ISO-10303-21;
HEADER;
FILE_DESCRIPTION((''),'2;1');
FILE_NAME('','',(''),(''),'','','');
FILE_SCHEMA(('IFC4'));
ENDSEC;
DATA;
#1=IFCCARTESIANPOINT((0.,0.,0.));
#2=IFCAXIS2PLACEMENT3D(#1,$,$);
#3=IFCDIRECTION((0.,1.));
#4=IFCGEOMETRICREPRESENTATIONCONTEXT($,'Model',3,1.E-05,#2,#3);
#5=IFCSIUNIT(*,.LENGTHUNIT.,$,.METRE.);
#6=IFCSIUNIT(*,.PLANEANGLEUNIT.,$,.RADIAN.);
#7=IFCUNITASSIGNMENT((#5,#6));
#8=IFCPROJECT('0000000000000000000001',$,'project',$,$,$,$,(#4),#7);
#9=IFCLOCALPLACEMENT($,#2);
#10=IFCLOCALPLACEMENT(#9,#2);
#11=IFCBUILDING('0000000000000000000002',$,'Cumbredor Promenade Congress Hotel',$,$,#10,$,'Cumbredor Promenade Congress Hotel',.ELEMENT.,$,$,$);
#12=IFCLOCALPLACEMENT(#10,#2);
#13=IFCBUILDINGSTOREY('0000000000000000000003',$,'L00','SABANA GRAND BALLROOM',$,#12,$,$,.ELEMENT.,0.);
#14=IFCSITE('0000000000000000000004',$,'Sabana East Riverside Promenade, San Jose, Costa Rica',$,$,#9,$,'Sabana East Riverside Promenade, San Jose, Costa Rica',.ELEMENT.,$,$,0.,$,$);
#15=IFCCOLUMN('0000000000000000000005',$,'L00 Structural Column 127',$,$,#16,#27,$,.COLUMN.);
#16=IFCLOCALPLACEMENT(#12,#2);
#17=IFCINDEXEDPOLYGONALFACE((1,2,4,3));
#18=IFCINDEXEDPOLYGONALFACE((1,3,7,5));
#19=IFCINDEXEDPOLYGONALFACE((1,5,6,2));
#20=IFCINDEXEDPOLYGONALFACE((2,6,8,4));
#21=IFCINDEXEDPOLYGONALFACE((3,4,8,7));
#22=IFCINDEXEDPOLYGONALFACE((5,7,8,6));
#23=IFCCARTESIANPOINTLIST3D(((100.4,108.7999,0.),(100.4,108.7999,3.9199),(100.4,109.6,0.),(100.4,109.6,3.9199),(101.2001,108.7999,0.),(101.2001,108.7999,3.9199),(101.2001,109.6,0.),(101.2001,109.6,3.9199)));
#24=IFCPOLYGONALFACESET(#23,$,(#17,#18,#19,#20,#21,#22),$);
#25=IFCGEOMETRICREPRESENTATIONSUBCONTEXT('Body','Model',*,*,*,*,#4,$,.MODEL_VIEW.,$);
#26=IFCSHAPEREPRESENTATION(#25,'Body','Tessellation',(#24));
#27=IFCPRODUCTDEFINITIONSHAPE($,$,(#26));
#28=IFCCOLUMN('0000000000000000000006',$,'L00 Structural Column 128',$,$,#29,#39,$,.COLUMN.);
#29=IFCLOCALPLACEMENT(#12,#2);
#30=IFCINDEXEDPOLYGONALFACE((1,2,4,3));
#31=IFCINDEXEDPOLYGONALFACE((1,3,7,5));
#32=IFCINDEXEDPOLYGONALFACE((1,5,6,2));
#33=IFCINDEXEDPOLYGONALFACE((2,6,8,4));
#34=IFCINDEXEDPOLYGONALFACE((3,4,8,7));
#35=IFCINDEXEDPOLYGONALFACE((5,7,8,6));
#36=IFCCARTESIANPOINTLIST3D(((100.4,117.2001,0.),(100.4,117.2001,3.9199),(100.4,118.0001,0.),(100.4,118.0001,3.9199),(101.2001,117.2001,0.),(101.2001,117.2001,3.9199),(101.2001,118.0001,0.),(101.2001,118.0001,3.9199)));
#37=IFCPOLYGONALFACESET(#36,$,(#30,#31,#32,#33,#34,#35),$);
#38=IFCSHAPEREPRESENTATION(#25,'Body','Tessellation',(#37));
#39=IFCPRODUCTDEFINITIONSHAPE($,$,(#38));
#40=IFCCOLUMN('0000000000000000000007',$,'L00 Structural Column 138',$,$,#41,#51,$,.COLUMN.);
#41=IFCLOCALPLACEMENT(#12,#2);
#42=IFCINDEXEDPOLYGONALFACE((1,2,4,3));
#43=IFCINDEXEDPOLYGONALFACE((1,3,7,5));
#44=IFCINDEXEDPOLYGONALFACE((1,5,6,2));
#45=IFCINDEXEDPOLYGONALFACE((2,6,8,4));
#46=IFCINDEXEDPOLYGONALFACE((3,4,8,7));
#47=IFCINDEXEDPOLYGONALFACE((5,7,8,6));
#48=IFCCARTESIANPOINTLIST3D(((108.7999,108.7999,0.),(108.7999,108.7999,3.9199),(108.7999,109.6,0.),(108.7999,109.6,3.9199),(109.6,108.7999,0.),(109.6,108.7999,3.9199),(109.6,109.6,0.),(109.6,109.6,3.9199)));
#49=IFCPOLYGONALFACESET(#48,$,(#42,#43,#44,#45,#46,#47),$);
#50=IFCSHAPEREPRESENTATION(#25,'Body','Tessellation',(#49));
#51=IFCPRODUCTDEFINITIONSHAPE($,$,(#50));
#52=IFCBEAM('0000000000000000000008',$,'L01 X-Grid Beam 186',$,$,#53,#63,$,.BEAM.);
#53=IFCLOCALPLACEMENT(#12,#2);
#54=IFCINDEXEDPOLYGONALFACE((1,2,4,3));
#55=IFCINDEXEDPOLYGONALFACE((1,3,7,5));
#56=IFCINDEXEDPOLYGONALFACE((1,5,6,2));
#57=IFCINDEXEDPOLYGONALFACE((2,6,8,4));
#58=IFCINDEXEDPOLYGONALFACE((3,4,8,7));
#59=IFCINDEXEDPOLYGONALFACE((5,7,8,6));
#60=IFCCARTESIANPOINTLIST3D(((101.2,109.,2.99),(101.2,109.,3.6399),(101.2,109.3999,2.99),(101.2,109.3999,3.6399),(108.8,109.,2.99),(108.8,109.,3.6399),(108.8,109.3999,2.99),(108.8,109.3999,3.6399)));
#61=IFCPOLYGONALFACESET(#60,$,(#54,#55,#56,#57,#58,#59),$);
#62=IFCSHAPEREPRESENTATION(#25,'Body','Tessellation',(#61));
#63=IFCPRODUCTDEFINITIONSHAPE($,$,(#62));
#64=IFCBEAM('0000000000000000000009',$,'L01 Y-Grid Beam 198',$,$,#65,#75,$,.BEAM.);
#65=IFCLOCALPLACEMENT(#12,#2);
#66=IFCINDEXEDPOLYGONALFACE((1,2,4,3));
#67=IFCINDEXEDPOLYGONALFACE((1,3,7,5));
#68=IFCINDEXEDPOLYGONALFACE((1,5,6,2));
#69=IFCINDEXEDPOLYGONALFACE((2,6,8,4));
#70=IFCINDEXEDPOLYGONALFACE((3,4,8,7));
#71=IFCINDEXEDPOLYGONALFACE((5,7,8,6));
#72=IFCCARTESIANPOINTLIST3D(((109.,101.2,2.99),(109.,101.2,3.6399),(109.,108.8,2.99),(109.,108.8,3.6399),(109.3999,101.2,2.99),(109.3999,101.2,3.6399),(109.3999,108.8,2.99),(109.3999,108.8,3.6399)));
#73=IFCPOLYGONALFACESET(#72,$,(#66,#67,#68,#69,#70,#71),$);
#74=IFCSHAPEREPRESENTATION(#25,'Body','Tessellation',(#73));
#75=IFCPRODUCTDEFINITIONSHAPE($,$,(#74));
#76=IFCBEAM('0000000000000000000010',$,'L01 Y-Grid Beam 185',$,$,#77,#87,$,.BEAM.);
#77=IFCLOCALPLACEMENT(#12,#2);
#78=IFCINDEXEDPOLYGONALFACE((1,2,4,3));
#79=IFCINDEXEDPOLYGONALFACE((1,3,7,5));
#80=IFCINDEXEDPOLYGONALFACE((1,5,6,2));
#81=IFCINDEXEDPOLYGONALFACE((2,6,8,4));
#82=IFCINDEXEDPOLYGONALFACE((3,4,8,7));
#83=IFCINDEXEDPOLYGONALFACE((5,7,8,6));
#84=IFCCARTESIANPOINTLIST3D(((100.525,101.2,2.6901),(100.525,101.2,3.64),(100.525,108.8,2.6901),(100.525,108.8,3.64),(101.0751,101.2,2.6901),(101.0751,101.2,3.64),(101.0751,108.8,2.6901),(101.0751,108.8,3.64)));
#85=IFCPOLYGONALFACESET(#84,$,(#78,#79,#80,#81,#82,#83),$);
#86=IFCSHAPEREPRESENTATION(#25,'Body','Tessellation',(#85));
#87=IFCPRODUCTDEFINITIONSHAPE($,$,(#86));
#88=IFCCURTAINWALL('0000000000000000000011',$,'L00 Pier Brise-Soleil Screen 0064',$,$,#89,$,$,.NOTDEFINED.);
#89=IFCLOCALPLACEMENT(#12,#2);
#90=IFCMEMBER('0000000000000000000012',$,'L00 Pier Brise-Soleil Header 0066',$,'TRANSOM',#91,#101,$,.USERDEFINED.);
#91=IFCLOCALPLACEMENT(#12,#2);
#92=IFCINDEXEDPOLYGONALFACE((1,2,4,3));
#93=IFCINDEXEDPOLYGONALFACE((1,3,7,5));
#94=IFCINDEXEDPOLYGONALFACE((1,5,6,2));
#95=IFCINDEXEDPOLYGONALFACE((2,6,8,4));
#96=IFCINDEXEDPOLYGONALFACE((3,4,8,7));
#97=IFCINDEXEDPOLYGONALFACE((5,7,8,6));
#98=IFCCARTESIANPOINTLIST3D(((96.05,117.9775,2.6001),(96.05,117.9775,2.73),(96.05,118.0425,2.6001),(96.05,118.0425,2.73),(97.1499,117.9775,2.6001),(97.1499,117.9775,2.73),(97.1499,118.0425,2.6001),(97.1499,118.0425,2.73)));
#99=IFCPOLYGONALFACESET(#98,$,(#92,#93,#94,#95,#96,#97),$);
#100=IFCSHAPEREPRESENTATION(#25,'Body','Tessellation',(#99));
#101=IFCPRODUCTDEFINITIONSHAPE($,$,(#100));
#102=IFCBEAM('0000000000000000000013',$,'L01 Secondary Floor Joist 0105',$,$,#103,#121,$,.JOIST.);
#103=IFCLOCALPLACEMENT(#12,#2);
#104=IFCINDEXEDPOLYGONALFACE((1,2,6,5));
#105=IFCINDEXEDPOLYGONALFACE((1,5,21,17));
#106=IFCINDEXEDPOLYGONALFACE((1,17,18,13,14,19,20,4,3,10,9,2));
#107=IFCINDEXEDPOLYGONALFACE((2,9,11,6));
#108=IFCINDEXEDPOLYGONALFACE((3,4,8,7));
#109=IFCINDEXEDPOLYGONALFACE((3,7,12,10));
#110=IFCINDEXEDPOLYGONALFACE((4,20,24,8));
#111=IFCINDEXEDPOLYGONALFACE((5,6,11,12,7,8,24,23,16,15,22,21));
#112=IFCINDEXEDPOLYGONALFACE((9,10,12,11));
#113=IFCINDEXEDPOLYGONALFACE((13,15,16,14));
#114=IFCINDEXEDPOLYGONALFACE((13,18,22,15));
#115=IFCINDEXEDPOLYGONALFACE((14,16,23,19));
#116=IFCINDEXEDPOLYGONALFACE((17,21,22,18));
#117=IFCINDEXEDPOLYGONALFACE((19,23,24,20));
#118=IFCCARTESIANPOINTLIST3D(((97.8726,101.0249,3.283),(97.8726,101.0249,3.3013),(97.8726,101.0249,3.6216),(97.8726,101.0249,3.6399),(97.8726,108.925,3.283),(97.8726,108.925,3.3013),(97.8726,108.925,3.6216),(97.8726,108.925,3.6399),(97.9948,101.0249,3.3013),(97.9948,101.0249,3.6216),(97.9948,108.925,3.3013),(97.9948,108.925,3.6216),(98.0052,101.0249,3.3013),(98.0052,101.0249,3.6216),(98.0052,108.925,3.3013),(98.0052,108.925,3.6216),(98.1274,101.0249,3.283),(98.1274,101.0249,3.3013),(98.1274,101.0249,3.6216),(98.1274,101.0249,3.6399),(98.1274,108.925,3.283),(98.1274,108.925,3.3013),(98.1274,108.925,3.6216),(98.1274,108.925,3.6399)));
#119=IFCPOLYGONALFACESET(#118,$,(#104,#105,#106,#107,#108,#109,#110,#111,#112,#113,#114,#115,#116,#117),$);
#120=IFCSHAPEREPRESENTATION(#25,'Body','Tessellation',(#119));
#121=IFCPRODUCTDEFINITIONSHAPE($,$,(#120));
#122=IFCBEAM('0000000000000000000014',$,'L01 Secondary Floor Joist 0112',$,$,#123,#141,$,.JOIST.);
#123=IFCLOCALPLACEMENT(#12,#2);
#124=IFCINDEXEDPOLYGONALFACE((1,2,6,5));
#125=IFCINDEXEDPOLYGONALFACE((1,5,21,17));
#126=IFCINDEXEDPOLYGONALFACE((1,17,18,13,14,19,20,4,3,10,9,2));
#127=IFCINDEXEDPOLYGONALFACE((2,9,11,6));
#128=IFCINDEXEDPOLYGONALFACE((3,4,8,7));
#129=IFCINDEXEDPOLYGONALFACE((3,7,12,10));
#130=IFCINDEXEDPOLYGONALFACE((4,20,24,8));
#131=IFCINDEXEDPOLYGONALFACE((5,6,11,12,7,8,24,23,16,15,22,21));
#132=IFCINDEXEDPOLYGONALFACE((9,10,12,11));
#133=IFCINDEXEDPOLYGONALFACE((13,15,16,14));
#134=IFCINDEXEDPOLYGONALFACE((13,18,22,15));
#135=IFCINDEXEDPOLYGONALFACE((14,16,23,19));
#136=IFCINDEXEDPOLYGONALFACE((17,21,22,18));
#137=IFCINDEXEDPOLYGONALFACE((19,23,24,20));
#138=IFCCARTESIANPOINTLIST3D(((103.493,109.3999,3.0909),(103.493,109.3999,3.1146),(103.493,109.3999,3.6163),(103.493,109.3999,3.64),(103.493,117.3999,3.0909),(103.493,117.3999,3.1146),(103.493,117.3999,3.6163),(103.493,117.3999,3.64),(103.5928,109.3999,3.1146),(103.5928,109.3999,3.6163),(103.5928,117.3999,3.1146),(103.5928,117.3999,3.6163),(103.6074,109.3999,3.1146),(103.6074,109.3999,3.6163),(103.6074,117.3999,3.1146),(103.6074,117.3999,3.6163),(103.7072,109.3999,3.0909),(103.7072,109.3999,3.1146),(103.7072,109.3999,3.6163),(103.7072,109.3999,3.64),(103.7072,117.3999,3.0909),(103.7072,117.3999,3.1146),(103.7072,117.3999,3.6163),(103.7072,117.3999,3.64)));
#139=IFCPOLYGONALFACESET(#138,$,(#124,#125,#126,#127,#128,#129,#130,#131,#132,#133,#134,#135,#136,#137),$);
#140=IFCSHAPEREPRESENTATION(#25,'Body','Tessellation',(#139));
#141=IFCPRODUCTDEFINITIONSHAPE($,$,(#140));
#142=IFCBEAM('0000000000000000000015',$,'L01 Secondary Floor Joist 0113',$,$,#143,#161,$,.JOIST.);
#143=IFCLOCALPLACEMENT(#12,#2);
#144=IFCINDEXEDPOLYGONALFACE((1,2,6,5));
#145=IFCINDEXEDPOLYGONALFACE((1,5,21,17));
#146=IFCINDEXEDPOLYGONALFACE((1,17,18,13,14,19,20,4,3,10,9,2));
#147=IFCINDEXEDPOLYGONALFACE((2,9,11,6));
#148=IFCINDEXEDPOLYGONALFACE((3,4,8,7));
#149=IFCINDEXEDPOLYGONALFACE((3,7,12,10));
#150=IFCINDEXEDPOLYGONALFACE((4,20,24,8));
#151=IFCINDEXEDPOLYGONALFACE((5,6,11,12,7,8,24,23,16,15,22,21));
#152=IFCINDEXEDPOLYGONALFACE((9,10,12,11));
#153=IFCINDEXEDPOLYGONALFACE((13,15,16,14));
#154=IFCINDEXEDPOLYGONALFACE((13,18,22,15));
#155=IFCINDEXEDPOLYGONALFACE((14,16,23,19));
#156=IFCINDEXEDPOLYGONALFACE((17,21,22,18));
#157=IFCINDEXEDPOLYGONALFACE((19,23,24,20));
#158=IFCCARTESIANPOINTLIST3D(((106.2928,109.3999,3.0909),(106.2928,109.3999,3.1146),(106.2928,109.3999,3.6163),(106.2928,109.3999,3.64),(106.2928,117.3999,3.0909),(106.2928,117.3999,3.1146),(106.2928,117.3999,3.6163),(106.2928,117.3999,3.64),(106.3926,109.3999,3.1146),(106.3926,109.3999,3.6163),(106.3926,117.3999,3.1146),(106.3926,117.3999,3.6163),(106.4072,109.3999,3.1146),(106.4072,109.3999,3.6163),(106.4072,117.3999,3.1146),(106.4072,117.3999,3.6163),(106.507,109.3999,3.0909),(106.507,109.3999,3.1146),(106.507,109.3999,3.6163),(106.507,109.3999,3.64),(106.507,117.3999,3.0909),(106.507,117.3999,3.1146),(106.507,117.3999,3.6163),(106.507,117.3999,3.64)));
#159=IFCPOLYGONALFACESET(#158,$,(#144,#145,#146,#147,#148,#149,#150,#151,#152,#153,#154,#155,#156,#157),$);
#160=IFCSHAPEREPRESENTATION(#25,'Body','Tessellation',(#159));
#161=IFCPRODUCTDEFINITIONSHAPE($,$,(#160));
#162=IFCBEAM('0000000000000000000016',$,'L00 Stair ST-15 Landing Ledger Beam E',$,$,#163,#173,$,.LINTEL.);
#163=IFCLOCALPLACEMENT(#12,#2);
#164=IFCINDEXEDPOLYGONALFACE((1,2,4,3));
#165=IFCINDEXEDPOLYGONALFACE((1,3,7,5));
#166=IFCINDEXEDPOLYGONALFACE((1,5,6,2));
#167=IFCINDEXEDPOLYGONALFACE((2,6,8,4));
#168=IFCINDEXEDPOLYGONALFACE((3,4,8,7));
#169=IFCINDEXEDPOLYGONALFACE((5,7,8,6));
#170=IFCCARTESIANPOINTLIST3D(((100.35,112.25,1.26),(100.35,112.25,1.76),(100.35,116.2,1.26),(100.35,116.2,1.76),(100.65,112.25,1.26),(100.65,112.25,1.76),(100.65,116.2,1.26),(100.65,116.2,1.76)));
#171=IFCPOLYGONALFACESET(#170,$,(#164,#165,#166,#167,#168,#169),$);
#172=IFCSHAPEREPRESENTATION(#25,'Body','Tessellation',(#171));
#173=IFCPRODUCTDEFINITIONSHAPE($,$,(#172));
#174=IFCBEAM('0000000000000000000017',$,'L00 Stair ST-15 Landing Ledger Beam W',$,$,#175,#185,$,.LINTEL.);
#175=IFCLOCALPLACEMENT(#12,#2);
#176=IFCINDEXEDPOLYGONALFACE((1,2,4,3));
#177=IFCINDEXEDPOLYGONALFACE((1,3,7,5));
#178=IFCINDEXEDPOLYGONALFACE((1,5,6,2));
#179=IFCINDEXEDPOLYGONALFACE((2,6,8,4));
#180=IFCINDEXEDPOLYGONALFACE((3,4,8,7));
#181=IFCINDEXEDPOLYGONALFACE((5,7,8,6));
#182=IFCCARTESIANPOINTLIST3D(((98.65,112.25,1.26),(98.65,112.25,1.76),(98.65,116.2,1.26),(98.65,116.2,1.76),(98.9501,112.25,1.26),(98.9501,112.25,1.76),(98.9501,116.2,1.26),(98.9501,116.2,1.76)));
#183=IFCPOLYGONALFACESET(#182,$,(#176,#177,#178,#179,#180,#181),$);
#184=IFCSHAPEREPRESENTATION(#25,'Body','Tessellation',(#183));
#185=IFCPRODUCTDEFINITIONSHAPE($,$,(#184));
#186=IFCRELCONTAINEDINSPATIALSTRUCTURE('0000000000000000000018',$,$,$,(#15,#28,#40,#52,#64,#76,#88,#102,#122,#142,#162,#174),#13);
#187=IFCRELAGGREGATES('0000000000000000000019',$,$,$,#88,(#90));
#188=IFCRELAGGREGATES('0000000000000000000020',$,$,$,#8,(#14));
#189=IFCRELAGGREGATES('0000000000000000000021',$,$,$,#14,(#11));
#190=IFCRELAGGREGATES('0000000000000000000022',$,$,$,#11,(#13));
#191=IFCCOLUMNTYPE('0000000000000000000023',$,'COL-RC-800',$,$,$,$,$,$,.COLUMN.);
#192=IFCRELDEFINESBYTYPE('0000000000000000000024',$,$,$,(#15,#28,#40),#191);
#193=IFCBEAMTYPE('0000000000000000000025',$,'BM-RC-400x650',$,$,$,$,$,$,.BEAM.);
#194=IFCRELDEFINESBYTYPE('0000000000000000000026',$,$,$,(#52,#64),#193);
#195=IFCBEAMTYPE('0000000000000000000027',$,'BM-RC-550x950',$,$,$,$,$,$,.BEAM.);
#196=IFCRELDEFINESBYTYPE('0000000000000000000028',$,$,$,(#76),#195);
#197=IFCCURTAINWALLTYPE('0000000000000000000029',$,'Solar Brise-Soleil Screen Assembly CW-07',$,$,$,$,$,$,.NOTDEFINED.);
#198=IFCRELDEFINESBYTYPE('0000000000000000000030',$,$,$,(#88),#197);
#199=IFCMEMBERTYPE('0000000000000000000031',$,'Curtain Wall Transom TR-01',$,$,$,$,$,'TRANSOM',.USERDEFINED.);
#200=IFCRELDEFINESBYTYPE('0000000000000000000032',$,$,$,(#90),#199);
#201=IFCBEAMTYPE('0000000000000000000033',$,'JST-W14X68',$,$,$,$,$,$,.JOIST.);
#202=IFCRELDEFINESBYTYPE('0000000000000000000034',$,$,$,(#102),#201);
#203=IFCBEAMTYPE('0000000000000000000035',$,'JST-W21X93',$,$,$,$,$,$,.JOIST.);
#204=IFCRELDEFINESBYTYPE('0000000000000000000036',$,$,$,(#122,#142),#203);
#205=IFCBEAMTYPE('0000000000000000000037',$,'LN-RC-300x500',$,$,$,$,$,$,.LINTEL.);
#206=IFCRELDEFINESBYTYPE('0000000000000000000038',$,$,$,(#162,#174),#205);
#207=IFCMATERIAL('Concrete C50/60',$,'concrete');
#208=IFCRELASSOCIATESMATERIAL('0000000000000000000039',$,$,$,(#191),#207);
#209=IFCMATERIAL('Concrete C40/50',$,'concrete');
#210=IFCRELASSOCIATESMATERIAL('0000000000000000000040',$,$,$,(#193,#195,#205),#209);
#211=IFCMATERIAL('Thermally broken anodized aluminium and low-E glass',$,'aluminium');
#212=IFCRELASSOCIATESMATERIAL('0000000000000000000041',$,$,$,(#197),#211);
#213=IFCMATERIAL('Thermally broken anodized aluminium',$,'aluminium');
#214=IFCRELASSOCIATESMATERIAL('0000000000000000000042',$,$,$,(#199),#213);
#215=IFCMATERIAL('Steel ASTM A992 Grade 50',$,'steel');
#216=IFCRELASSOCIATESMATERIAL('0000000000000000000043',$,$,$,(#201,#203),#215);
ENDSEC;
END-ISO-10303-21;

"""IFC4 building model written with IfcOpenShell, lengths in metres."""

from ifc_helpers import new_model, si_unit, direction, frame, origin, origin_2d, place, context, subcontext, project, spatial, rectangle, i_section, extrude, material, material_profile, profile_set, type_object, element, aggregate, save


model = new_model("IFC4")

# Units and contexts
model_context = context("Model", 3, precision=1e-05, world=origin(), true_north=direction((0.0, 1.0)))
body_context = subcontext(model_context, "Body", "Model", "MODEL_VIEW")
ifc_project = project(units=[si_unit("LENGTHUNIT", "METRE"), si_unit("PLANEANGLEUNIT", "RADIAN")], contexts=[model_context])

# Site, building, storey
site_placement = place(None, origin())
site = spatial("IfcSite", under=ifc_project, at=site_placement, Name="Sabana East Riverside Promenade, San Jose, Costa Rica", LongName="Sabana East Riverside Promenade, San Jose, Costa Rica", CompositionType="ELEMENT", RefElevation=0.0)
building_placement = place(site_placement, origin())
building = spatial("IfcBuilding", under=site, at=building_placement, Name="Cumbredor Promenade Congress Hotel", LongName="Cumbredor Promenade Congress Hotel", CompositionType="ELEMENT")
storey_placement = place(building_placement, origin())
storey = spatial("IfcBuildingStorey", under=building, at=storey_placement, Name="L00", Description="SABANA GRAND BALLROOM", CompositionType="ELEMENT", Elevation=0.0)

# Columns
ifc_material_1 = material(Name="Concrete C50/60", Category="concrete")
ifc_material_profile_1 = material_profile(ifc_material_1, rectangle(XDim=0.8, YDim=0.8, at=origin_2d()), Name="RC 800x800")
ifc_profile_set_1 = profile_set([ifc_material_profile_1], Name="Concrete C50/60")
column_type = type_object("IfcColumnType", Name="COL-RC-800", PredefinedType="COLUMN", material=ifc_profile_set_1)
for number, where, z_axis, x_axis, name in (
    (1, (100.8, 109.2, 0.0), (0.0, 0.0, 1.0), (1.0, 0.0, 0.0), "L00 Structural Column 127"),
    (2, (100.8, 117.6001, 0.0), (0.0, 0.0, 1.0), (1.0, 0.0, 0.0), "L00 Structural Column 128"),
    (3, (109.2, 109.2, 0.0), (0.0, 0.0, 1.0), (1.0, 0.0, 0.0), "L00 Structural Column 138"),
):
    element("IfcColumn", number, at=place(storey_placement, frame(where, z_axis=z_axis, x_axis=x_axis)), inside=storey, type_object=column_type, Name=name, PredefinedType="COLUMN", context=body_context, shape_type="SweptSolid", body=[
        extrude(rectangle(XDim=0.8, YDim=0.8, at=origin_2d()), origin(), (0.0, 0.0, 1.0), 3.9199),
    ])

# Beams
ifc_material_2 = material(Name="Concrete C40/50", Category="concrete")
ifc_material_profile_2 = material_profile(ifc_material_2, rectangle(XDim=0.3999, YDim=0.6499, at=origin_2d()), Name="RC BEAM 400x650")
ifc_profile_set_2 = profile_set([ifc_material_profile_2], Name="Concrete C40/50")
beam_type_1 = type_object("IfcBeamType", Name="BM-RC-400x650", PredefinedType="BEAM", material=ifc_profile_set_2)
for number, where, z_axis, x_axis, name in (
    (4, (101.2, 109.2, 3.3149), (1.0, 0.0, 0.0), (0.0, 1.0, 0.0), "L01 X-Grid Beam 186"),
    (5, (109.2, 101.2, 3.3149), (0.0, 1.0, 0.0), (-1.0, 0.0, 0.0), "L01 Y-Grid Beam 198"),
):
    element("IfcBeam", number, at=place(storey_placement, frame(where, z_axis=z_axis, x_axis=x_axis)), inside=storey, type_object=beam_type_1, Name=name, PredefinedType="BEAM", context=body_context, shape_type="SweptSolid", body=[
        extrude(rectangle(XDim=0.3999, YDim=0.6499, at=origin_2d()), origin(), (0.0, 0.0, 1.0), 7.6001),
    ])
ifc_material_profile_3 = material_profile(ifc_material_2, rectangle(XDim=0.55, YDim=0.95, at=origin_2d()), Name="RC BEAM 550x950")
ifc_profile_set_3 = profile_set([ifc_material_profile_3], Name="Concrete C40/50")
beam_type_2 = type_object("IfcBeamType", Name="BM-RC-550x950", PredefinedType="BEAM", material=ifc_profile_set_3)
beam_1_placement = place(storey_placement, frame((100.8, 101.2, 3.165), z_axis=(0.0, 1.0, 0.0), x_axis=(-1.0, 0.0, 0.0)))
element("IfcBeam", 6, at=beam_1_placement, inside=storey, type_object=beam_type_2, Name="L01 Y-Grid Beam 185", PredefinedType="BEAM", context=body_context, shape_type="SweptSolid", body=[
    extrude(rectangle(XDim=0.55, YDim=0.95, at=origin_2d()), origin(), (0.0, 0.0, 1.0), 7.6001),
])

# Curtain wall, member
ifc_material_3 = material(Name="Thermally broken anodized aluminium and low-E glass", Category="aluminium")
curtain_wall_type = type_object("IfcCurtainWallType", Name="Solar Brise-Soleil Screen Assembly CW-07", PredefinedType="NOTDEFINED", material=ifc_material_3)
curtain_wall_placement = place(storey_placement, origin())
curtain_wall = element("IfcCurtainWall", 7, at=curtain_wall_placement, inside=storey, type_object=curtain_wall_type, Name="L00 Pier Brise-Soleil Screen 0064", PredefinedType="NOTDEFINED")
ifc_material_4 = material(Name="Thermally broken anodized aluminium", Category="aluminium")
ifc_material_profile_4 = material_profile(ifc_material_4, rectangle(XDim=0.0649, YDim=0.1299, at=origin_2d()), Name="ALU TRANSOM 65x130")
ifc_profile_set_4 = profile_set([ifc_material_profile_4], Name="Thermally broken anodized aluminium")
member_type_1 = type_object("IfcMemberType", Name="Curtain Wall Transom TR-01", ElementType="TRANSOM", PredefinedType="USERDEFINED", material=ifc_profile_set_4)
member_1_placement = place(storey_placement, frame((96.05, 118.01, 2.665), z_axis=(1.0, 0.0, 0.0), x_axis=(0.0, 1.0, 0.0)))
member_1 = element("IfcMember", 8, at=member_1_placement, type_object=member_type_1, Name="L00 Pier Brise-Soleil Header 0066", ObjectType="TRANSOM", PredefinedType="USERDEFINED", context=body_context, shape_type="SweptSolid", body=[
    extrude(rectangle(XDim=0.0649, YDim=0.1299, at=origin_2d()), origin(), (0.0, 0.0, 1.0), 1.0999),
])

# Beams
ifc_material_5 = material(Name="Steel ASTM A992 Grade 50", Category="steel")
ifc_material_profile_5 = material_profile(ifc_material_5, i_section(OverallWidth=0.2549, OverallDepth=0.3569, WebThickness=0.0105, FlangeThickness=0.0183, at=origin_2d()), Name="W14X68")
ifc_profile_set_5 = profile_set([ifc_material_profile_5], Name="Steel ASTM A992 Grade 50")
beam_type_3 = type_object("IfcBeamType", Name="JST-W14X68", PredefinedType="JOIST", material=ifc_profile_set_5)
beam_2_placement = place(storey_placement, frame((98.0, 101.0249, 3.4614), z_axis=(0.0, 1.0, 0.0), x_axis=(-1.0, 0.0, 0.0)))
element("IfcBeam", 9, at=beam_2_placement, inside=storey, type_object=beam_type_3, Name="L01 Secondary Floor Joist 0105", PredefinedType="JOIST", context=body_context, shape_type="SweptSolid", body=[
    extrude(i_section(OverallWidth=0.2549, OverallDepth=0.3569, WebThickness=0.0105, FlangeThickness=0.0183, at=origin_2d()), origin(), (0.0, 0.0, 1.0), 7.9001),
])
ifc_material_profile_6 = material_profile(ifc_material_5, i_section(OverallWidth=0.2141, OverallDepth=0.5491, WebThickness=0.0146, FlangeThickness=0.0237, at=origin_2d()), Name="W21X93")
ifc_profile_set_6 = profile_set([ifc_material_profile_6], Name="Steel ASTM A992 Grade 50")
beam_type_4 = type_object("IfcBeamType", Name="JST-W21X93", PredefinedType="JOIST", material=ifc_profile_set_6)
for number, where, z_axis, x_axis, name in (
    (10, (103.6001, 109.3999, 3.3655), (0.0, 1.0, 0.0), (-1.0, 0.0, 0.0), "L01 Secondary Floor Joist 0112"),
    (11, (106.3999, 109.3999, 3.3655), (0.0, 1.0, 0.0), (-1.0, 0.0, 0.0), "L01 Secondary Floor Joist 0113"),
):
    element("IfcBeam", number, at=place(storey_placement, frame(where, z_axis=z_axis, x_axis=x_axis)), inside=storey, type_object=beam_type_4, Name=name, PredefinedType="JOIST", context=body_context, shape_type="SweptSolid", body=[
        extrude(i_section(OverallWidth=0.2141, OverallDepth=0.5491, WebThickness=0.0146, FlangeThickness=0.0237, at=origin_2d()), origin(), (0.0, 0.0, 1.0), 8.0),
    ])
ifc_material_profile_7 = material_profile(ifc_material_2, rectangle(XDim=0.3, YDim=0.5, at=origin_2d()), Name="RC LINTEL 300x500")
ifc_profile_set_7 = profile_set([ifc_material_profile_7], Name="Concrete C40/50")
beam_type_5 = type_object("IfcBeamType", Name="LN-RC-300x500", PredefinedType="LINTEL", material=ifc_profile_set_7)
for number, where, z_axis, x_axis, name in (
    (12, (100.5, 112.25, 1.51), (0.0, 1.0, 0.0), (-1.0, 0.0, 0.0), "L00 Stair ST-15 Landing Ledger Beam E"),
    (13, (98.8, 112.25, 1.51), (0.0, 1.0, 0.0), (-1.0, 0.0, 0.0), "L00 Stair ST-15 Landing Ledger Beam W"),
):
    element("IfcBeam", number, at=place(storey_placement, frame(where, z_axis=z_axis, x_axis=x_axis)), inside=storey, type_object=beam_type_5, Name=name, PredefinedType="LINTEL", context=body_context, shape_type="SweptSolid", body=[
        extrude(rectangle(XDim=0.3, YDim=0.5, at=origin_2d()), origin(), (0.0, 0.0, 1.0), 3.95),
    ])

aggregate(curtain_wall, [member_1])

save(model, "model.ifc")
